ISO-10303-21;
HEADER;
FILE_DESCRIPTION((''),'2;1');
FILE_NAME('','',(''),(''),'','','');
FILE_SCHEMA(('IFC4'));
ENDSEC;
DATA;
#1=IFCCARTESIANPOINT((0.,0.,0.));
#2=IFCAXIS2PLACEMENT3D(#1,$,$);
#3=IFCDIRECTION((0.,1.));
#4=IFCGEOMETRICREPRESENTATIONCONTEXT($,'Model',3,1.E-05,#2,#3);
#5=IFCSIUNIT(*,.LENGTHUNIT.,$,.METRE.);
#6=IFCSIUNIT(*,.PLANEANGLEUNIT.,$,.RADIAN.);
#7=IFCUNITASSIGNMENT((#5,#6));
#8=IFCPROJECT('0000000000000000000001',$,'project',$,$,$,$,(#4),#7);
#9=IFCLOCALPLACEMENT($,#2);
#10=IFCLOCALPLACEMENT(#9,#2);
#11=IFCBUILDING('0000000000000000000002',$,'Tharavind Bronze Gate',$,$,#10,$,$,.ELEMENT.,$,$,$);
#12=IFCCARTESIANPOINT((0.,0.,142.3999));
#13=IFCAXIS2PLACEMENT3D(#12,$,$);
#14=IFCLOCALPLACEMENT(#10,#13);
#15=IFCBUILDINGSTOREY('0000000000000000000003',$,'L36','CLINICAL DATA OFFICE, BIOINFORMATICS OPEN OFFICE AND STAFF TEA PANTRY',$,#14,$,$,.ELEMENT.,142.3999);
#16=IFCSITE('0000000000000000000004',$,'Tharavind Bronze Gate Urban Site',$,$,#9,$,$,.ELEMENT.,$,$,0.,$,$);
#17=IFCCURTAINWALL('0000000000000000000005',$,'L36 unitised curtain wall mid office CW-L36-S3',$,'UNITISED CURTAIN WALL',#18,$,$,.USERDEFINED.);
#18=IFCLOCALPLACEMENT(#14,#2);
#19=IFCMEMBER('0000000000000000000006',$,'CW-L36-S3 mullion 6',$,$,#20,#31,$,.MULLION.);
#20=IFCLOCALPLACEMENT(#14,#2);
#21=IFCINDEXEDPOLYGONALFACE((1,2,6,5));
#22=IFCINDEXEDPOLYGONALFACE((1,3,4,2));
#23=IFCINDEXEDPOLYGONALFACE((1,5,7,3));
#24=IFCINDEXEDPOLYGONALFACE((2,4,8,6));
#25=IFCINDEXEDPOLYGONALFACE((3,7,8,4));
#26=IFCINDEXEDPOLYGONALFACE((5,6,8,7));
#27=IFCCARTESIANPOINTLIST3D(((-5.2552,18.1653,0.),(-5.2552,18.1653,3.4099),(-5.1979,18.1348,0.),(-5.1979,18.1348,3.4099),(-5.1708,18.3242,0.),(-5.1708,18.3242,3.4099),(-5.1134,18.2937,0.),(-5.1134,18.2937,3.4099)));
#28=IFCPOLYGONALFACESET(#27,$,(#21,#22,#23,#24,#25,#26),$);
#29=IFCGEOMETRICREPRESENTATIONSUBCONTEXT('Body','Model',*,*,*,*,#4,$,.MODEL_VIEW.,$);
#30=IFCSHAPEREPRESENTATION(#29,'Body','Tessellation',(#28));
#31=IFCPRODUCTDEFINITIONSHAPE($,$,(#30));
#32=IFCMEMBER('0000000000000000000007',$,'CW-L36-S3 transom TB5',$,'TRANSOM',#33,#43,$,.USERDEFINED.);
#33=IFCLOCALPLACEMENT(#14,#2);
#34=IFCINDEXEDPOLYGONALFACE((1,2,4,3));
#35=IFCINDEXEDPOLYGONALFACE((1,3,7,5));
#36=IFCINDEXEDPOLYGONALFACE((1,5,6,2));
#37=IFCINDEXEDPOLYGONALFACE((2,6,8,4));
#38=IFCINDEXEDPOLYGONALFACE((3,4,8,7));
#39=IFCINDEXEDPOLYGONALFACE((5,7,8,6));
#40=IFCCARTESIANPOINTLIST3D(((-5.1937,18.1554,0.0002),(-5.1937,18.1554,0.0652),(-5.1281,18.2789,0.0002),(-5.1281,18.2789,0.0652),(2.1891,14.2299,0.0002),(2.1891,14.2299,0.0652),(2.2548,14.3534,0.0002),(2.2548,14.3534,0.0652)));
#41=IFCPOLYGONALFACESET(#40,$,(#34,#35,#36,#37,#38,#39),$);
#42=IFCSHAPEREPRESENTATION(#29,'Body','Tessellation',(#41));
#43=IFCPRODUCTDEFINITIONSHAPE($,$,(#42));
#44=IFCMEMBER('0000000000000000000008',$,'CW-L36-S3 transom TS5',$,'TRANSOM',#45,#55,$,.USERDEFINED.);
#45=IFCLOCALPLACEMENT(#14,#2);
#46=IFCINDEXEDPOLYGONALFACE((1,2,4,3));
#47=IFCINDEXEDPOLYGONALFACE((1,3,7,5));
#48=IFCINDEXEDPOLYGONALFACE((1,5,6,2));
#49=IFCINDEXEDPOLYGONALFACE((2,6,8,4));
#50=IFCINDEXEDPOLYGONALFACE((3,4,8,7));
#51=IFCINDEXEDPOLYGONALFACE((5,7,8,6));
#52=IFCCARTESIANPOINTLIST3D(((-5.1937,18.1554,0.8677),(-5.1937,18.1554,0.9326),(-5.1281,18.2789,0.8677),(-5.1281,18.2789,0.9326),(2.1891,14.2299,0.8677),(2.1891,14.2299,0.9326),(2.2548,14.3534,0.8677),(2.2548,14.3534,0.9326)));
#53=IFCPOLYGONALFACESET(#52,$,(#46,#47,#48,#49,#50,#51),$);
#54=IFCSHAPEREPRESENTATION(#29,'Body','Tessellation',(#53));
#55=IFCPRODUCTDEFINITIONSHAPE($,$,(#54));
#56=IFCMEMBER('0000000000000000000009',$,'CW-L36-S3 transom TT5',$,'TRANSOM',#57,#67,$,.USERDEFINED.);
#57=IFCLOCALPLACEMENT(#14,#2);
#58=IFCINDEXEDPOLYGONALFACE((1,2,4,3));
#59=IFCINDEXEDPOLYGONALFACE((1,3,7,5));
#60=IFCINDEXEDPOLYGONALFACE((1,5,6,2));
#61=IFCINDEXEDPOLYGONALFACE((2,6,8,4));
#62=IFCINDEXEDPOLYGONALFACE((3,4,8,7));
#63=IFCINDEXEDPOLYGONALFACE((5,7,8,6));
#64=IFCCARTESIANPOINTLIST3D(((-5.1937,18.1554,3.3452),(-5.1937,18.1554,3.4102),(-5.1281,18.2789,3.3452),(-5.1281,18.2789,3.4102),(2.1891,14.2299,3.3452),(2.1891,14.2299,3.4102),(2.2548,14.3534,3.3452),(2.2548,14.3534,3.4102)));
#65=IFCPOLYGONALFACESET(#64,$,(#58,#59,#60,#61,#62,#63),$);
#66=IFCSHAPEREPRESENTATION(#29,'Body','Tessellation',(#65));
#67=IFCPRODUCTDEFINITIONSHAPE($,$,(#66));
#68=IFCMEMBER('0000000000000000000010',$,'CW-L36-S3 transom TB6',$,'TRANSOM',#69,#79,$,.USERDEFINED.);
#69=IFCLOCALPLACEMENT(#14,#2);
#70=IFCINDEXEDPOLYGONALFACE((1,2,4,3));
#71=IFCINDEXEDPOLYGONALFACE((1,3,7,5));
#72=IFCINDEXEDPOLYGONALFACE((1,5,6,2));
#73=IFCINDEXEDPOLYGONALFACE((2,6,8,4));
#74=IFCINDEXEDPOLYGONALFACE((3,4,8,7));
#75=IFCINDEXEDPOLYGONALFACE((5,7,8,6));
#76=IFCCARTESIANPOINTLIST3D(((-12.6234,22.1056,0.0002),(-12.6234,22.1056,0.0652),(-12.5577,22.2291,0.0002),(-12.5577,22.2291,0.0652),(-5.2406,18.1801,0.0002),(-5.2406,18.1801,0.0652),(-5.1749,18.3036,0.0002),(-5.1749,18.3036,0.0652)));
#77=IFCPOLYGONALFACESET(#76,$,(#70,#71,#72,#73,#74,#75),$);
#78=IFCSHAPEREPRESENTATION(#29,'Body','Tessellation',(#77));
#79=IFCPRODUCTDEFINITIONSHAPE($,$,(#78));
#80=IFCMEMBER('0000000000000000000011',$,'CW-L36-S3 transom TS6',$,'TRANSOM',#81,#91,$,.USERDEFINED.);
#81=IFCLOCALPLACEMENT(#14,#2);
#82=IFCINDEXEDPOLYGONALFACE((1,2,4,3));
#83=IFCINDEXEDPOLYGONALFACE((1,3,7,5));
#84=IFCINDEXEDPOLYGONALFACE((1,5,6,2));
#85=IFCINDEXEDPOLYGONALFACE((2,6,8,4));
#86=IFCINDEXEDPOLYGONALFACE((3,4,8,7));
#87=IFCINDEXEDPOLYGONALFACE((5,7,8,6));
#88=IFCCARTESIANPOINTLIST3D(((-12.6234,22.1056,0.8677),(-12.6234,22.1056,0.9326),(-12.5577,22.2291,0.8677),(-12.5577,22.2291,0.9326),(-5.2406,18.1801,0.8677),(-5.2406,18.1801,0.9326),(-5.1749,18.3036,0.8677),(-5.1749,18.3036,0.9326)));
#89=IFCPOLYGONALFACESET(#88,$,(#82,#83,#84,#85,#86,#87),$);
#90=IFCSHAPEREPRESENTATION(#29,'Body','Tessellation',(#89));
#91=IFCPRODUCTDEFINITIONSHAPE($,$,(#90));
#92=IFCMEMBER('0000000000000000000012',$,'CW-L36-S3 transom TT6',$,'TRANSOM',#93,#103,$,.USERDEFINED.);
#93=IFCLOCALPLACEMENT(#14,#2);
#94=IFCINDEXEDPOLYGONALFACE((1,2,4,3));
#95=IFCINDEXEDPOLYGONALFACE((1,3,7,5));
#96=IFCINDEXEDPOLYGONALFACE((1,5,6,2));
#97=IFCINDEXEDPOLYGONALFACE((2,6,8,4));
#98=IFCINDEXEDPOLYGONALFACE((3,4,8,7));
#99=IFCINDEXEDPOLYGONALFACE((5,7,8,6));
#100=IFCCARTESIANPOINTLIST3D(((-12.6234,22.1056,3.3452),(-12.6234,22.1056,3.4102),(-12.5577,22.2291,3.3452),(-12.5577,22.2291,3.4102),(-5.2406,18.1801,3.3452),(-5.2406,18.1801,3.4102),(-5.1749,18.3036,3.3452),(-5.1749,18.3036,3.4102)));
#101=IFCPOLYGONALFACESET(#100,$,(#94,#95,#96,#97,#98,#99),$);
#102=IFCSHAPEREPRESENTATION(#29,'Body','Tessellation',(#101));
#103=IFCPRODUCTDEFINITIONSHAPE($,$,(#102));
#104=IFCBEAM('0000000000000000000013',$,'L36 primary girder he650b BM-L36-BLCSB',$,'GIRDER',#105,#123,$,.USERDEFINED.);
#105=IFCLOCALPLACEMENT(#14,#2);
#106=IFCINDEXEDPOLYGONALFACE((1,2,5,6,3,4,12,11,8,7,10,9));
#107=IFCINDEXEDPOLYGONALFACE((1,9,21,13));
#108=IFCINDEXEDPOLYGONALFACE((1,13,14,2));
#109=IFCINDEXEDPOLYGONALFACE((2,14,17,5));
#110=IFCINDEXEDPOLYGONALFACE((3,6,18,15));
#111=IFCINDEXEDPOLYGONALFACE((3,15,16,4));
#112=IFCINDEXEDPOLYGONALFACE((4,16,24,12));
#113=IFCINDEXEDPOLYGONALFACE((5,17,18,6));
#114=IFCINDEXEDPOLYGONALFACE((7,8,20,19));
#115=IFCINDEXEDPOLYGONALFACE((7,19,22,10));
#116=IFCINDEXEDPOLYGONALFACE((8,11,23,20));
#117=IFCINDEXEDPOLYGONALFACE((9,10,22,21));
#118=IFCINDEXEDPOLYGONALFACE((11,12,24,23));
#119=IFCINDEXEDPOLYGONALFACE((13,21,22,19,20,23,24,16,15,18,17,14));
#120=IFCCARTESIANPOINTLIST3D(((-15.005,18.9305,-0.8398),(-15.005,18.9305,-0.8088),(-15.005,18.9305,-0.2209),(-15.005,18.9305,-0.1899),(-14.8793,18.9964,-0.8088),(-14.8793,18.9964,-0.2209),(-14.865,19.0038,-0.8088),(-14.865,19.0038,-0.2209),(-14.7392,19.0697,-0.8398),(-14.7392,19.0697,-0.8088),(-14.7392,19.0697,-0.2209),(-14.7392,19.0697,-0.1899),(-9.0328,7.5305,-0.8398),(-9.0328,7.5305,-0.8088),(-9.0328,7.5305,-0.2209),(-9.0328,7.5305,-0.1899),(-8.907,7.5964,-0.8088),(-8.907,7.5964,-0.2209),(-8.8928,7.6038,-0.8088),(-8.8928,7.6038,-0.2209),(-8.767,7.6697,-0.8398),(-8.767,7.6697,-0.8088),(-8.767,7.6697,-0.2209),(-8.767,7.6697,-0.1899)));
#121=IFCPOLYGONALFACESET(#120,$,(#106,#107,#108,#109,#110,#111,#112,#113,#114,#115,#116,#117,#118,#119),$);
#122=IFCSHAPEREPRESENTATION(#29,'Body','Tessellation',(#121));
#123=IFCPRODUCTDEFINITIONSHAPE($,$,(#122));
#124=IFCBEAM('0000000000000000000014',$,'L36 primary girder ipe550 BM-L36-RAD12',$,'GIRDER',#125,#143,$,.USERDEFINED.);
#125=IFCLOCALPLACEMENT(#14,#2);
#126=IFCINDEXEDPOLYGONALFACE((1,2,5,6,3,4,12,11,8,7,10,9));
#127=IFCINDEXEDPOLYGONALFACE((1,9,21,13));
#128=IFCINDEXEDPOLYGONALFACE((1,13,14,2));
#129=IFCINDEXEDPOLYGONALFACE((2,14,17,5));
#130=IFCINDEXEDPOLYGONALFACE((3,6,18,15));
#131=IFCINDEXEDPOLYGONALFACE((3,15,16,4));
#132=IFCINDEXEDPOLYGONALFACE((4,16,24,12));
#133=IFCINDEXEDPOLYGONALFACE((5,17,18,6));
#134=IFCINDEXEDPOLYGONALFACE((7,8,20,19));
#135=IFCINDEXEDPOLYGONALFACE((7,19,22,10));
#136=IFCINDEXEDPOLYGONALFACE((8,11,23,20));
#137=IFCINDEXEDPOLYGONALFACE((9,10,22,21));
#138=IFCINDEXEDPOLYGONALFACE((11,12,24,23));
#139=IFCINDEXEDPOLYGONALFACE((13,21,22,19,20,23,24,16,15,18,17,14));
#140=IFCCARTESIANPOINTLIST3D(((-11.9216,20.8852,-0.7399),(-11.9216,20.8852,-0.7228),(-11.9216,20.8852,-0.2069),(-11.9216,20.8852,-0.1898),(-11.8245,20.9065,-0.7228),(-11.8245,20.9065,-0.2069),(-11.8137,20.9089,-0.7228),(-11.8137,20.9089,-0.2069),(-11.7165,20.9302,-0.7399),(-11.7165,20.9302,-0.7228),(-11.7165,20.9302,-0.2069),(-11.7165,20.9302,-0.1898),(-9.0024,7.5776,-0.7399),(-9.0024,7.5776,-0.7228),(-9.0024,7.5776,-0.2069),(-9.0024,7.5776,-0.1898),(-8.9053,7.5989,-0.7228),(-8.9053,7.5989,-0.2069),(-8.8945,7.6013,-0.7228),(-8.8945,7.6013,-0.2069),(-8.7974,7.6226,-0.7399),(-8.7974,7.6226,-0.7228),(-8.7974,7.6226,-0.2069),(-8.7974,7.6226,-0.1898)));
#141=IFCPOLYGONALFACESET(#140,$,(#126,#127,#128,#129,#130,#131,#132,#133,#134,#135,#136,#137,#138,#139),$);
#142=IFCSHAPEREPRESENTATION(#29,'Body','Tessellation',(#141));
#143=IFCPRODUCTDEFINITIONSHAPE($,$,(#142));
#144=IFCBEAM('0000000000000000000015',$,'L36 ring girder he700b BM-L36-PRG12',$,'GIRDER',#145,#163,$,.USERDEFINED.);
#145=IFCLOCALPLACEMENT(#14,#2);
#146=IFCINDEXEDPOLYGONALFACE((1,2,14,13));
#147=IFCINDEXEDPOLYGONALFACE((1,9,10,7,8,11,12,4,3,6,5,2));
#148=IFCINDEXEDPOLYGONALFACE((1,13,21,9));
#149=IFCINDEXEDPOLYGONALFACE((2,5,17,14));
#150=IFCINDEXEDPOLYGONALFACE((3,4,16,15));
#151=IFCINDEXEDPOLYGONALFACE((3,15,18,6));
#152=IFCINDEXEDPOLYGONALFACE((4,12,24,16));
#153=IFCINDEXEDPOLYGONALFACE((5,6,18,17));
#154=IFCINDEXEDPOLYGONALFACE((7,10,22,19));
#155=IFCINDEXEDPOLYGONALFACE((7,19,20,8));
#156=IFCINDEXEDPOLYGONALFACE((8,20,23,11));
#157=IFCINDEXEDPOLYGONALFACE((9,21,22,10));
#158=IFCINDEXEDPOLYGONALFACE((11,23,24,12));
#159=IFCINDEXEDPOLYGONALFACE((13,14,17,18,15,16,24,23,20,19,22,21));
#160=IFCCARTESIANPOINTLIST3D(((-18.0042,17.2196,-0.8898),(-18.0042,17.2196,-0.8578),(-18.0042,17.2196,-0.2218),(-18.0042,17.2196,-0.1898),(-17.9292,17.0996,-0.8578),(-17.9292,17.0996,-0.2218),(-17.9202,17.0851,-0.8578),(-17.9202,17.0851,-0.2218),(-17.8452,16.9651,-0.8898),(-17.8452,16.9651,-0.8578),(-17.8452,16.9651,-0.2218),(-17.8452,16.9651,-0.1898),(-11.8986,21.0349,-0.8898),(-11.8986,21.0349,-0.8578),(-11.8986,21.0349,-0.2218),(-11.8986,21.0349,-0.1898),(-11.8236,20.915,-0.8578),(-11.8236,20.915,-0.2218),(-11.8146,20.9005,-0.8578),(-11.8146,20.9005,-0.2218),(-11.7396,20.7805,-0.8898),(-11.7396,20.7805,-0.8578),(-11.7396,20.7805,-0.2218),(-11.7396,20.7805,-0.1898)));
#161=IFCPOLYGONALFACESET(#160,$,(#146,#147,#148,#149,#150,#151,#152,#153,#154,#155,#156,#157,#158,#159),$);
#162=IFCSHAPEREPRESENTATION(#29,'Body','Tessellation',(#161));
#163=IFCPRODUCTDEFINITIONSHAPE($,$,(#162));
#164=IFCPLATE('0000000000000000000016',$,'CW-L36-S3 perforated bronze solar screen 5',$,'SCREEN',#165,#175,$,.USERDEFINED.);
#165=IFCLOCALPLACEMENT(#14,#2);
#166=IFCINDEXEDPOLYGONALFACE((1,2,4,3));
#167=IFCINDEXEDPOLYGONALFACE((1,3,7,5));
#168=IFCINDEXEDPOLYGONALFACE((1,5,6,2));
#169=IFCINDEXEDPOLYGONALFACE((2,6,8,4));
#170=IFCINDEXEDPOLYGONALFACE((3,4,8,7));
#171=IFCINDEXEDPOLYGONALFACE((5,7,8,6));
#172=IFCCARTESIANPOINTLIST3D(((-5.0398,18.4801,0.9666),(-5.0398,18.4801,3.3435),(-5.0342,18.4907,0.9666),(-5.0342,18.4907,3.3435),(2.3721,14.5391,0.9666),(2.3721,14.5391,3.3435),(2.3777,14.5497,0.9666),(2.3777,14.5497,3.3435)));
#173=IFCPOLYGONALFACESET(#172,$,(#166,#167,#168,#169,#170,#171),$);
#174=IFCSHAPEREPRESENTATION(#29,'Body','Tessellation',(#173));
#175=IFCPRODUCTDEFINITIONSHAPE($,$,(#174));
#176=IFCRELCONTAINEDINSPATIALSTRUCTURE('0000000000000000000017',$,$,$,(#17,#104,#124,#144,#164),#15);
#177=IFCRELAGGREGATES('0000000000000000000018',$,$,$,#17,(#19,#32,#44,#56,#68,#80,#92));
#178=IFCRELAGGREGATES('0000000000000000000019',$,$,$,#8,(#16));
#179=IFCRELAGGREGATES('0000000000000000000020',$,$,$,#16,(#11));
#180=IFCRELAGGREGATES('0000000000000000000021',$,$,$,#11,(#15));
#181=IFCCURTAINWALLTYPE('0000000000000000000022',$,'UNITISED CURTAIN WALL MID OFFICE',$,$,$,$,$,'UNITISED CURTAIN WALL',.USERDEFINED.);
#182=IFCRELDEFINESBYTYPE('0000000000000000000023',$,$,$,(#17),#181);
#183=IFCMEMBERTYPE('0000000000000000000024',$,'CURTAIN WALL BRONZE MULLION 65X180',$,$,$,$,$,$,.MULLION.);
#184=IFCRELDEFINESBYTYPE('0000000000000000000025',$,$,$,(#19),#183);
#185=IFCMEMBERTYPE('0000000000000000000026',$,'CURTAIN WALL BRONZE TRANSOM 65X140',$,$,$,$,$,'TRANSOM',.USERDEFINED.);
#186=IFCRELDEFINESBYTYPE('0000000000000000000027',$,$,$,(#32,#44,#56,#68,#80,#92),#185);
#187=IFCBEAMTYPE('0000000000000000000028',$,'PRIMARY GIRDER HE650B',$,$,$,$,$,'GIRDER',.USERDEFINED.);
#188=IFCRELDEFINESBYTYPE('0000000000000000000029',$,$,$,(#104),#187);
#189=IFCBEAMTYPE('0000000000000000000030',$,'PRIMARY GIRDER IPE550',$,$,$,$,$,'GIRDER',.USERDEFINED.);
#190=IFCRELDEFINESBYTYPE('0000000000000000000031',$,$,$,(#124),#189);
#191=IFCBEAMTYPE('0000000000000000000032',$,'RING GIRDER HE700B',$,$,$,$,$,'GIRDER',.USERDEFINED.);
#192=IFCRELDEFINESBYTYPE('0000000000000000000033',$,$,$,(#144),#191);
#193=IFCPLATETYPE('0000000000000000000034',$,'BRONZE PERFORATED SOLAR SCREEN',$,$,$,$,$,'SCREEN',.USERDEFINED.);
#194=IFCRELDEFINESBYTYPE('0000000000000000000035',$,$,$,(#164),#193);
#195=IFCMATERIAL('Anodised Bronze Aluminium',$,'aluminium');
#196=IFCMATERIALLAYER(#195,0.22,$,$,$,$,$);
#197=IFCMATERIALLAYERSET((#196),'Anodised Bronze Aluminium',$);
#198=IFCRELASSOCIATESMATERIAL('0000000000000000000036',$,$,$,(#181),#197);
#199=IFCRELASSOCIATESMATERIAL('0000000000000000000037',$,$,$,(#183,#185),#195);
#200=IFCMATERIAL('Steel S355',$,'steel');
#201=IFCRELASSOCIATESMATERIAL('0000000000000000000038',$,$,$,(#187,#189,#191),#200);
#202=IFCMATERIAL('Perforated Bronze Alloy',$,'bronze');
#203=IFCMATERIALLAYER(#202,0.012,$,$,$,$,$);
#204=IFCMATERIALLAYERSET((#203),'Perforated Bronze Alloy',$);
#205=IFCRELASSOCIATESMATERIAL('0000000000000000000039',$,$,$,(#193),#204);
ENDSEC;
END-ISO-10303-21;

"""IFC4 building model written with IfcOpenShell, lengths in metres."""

from ifc_helpers import new_model, si_unit, direction, frame, origin, origin_2d, place, context, subcontext, project, spatial, rectangle, i_section, extrude, material, layer, layer_set, material_profile, profile_set, type_object, element, aggregate, save


model = new_model("IFC4")

# Units and contexts
model_context = context("Model", 3, precision=1e-05, world=origin(), true_north=direction((0.0, 1.0)))
body_context = subcontext(model_context, "Body", "Model", "MODEL_VIEW")
ifc_project = project(units=[si_unit("LENGTHUNIT", "METRE"), si_unit("PLANEANGLEUNIT", "RADIAN")], contexts=[model_context])

# Site, building, storey
site_placement = place(None, origin())
site = spatial("IfcSite", under=ifc_project, at=site_placement, Name="Tharavind Bronze Gate Urban Site", CompositionType="ELEMENT", RefElevation=0.0)
building_placement = place(site_placement, origin())
building = spatial("IfcBuilding", under=site, at=building_placement, Name="Tharavind Bronze Gate", CompositionType="ELEMENT")
storey_placement = place(building_placement, frame((0.0, 0.0, 142.3999)))
storey = spatial("IfcBuildingStorey", under=building, at=storey_placement, Name="L36", Description="CLINICAL DATA OFFICE, BIOINFORMATICS OPEN OFFICE AND STAFF TEA PANTRY", CompositionType="ELEMENT", Elevation=142.3999)

# Curtain wall, members
ifc_material_1 = material(Name="Anodised Bronze Aluminium", Category="aluminium")
ifc_layer_1 = layer(ifc_material_1, 0.22)
ifc_layer_set_1 = layer_set([ifc_layer_1], Name="Anodised Bronze Aluminium")
curtain_wall_type = type_object("IfcCurtainWallType", Name="UNITISED CURTAIN WALL MID OFFICE", ElementType="UNITISED CURTAIN WALL", PredefinedType="USERDEFINED", material=ifc_layer_set_1)
curtain_wall_placement = place(storey_placement, origin())
curtain_wall = element("IfcCurtainWall", 1, at=curtain_wall_placement, inside=storey, type_object=curtain_wall_type, Name="L36 unitised curtain wall mid office CW-L36-S3", ObjectType="UNITISED CURTAIN WALL", PredefinedType="USERDEFINED")
member_type_1 = type_object("IfcMemberType", Name="CURTAIN WALL BRONZE MULLION 65X180", PredefinedType="MULLION", material=ifc_material_1)
member_1_placement = place(storey_placement, frame((-5.1843, 18.2295, 0.0), z_axis=(0.0, 0.0, 1.0), x_axis=(-0.882948, 0.469472, 0.0)))
member_1 = element("IfcMember", 2, at=member_1_placement, type_object=member_type_1, Name="CW-L36-S3 mullion 6", PredefinedType="MULLION", context=body_context, shape_type="SweptSolid", body=[
    extrude(rectangle(XDim=0.0649, YDim=0.1799, at=origin_2d()), origin(), (0.0, 0.0, 1.0), 3.4099),
])
member_type_2 = type_object("IfcMemberType", Name="CURTAIN WALL BRONZE TRANSOM 65X140", ElementType="TRANSOM", PredefinedType="USERDEFINED", material=ifc_material_1)
member_2_placement = place(storey_placement, frame((-1.4695, 16.2544, 0.0002), z_axis=(0.0, 0.0, 1.0), x_axis=(-0.882948, 0.469472, 0.0)))
member_2 = element("IfcMember", 3, at=member_2_placement, type_object=member_type_2, Name="CW-L36-S3 transom TB5", ObjectType="TRANSOM", PredefinedType="USERDEFINED", context=body_context, shape_type="SweptSolid", body=[
    extrude(rectangle(XDim=8.3616, YDim=0.1399, at=origin_2d()), origin(), (0.0, 0.0, 1.0), 0.0649),
])
member_3_placement = place(storey_placement, frame((-1.4695, 16.2544, 0.8677), z_axis=(0.0, 0.0, 1.0), x_axis=(-0.882948, 0.469472, 0.0)))
member_3 = element("IfcMember", 4, at=member_3_placement, type_object=member_type_2, Name="CW-L36-S3 transom TS5", ObjectType="TRANSOM", PredefinedType="USERDEFINED", context=body_context, shape_type="SweptSolid", body=[
    extrude(rectangle(XDim=8.3616, YDim=0.1399, at=origin_2d()), origin(), (0.0, 0.0, 1.0), 0.0649),
])
member_4_placement = place(storey_placement, frame((-1.4695, 16.2544, 3.3452), z_axis=(0.0, 0.0, 1.0), x_axis=(-0.882948, 0.469472, 0.0)))
member_4 = element("IfcMember", 5, at=member_4_placement, type_object=member_type_2, Name="CW-L36-S3 transom TT5", ObjectType="TRANSOM", PredefinedType="USERDEFINED", context=body_context, shape_type="SweptSolid", body=[
    extrude(rectangle(XDim=8.3616, YDim=0.1399, at=origin_2d()), origin(), (0.0, 0.0, 1.0), 0.0649),
])
member_5_placement = place(storey_placement, frame((-8.8992, 20.2046, 0.0002), z_axis=(0.0, 0.0, 1.0), x_axis=(-0.882948, 0.469472, 0.0)))
member_5 = element("IfcMember", 6, at=member_5_placement, type_object=member_type_2, Name="CW-L36-S3 transom TB6", ObjectType="TRANSOM", PredefinedType="USERDEFINED", context=body_context, shape_type="SweptSolid", body=[
    extrude(rectangle(XDim=8.3616, YDim=0.1399, at=origin_2d()), origin(), (0.0, 0.0, 1.0), 0.0649),
])
member_6_placement = place(storey_placement, frame((-8.8992, 20.2046, 0.8677), z_axis=(0.0, 0.0, 1.0), x_axis=(-0.882948, 0.469472, 0.0)))
member_6 = element("IfcMember", 7, at=member_6_placement, type_object=member_type_2, Name="CW-L36-S3 transom TS6", ObjectType="TRANSOM", PredefinedType="USERDEFINED", context=body_context, shape_type="SweptSolid", body=[
    extrude(rectangle(XDim=8.3616, YDim=0.1399, at=origin_2d()), origin(), (0.0, 0.0, 1.0), 0.0649),
])
member_7_placement = place(storey_placement, frame((-8.8992, 20.2046, 3.3452), z_axis=(0.0, 0.0, 1.0), x_axis=(-0.882948, 0.469472, 0.0)))
member_7 = element("IfcMember", 8, at=member_7_placement, type_object=member_type_2, Name="CW-L36-S3 transom TT6", ObjectType="TRANSOM", PredefinedType="USERDEFINED", context=body_context, shape_type="SweptSolid", body=[
    extrude(rectangle(XDim=8.3616, YDim=0.1399, at=origin_2d()), origin(), (0.0, 0.0, 1.0), 0.0649),
])

# Beams
ifc_material_2 = material(Name="Steel S355", Category="steel")
ifc_material_profile_1 = material_profile(ifc_material_2, i_section(OverallWidth=0.3, OverallDepth=0.6499, WebThickness=0.0161, FlangeThickness=0.031, at=origin_2d()), Name="HE650B")
ifc_profile_set_1 = profile_set([ifc_material_profile_1], Name="Steel S355")
beam_type_1 = type_object("IfcBeamType", Name="PRIMARY GIRDER HE650B", ElementType="GIRDER", PredefinedType="USERDEFINED", material=ifc_profile_set_1)
beam_1_placement = place(storey_placement, frame((-8.8999, 7.6001, -0.5149), z_axis=(-0.464055, 0.885806, 0.0), x_axis=(-0.885806, -0.464055, 0.0)))
element("IfcBeam", 9, at=beam_1_placement, inside=storey, type_object=beam_type_1, Name="L36 primary girder he650b BM-L36-BLCSB", ObjectType="GIRDER", PredefinedType="USERDEFINED", context=body_context, shape_type="SweptSolid", body=[
    extrude(i_section(OverallWidth=0.3, OverallDepth=0.6499, WebThickness=0.0161, FlangeThickness=0.031, at=origin_2d()), origin(), (0.0, 0.0, 1.0), 12.8696),
])
ifc_material_profile_2 = material_profile(ifc_material_2, i_section(OverallWidth=0.21, OverallDepth=0.55, WebThickness=0.011, FlangeThickness=0.0171, at=origin_2d()), Name="IPE550")
ifc_profile_set_2 = profile_set([ifc_material_profile_2], Name="Steel S355")
beam_type_2 = type_object("IfcBeamType", Name="PRIMARY GIRDER IPE550", ElementType="GIRDER", PredefinedType="USERDEFINED", material=ifc_profile_set_2)
beam_2_placement = place(storey_placement, frame((-11.8191, 20.9077, -0.4648), z_axis=(0.214268, -0.976775, 0.0), x_axis=(0.976775, 0.214268, 0.0)))
element("IfcBeam", 10, at=beam_2_placement, inside=storey, type_object=beam_type_2, Name="L36 primary girder ipe550 BM-L36-RAD12", ObjectType="GIRDER", PredefinedType="USERDEFINED", context=body_context, shape_type="SweptSolid", body=[
    extrude(i_section(OverallWidth=0.21, OverallDepth=0.55, WebThickness=0.011, FlangeThickness=0.0171, at=origin_2d()), origin(), (0.0, 0.0, 1.0), 13.624),
])
ifc_material_profile_3 = material_profile(ifc_material_2, i_section(OverallWidth=0.3, OverallDepth=0.7, WebThickness=0.0171, FlangeThickness=0.032, at=origin_2d()), Name="HE700B")
ifc_profile_set_3 = profile_set([ifc_material_profile_3], Name="Steel S355")
beam_type_3 = type_object("IfcBeamType", Name="RING GIRDER HE700B", ElementType="GIRDER", PredefinedType="USERDEFINED", material=ifc_profile_set_3)
beam_3_placement = place(storey_placement, frame((-11.8191, 20.9077, -0.5398), z_axis=(-0.848038, -0.529935, 0.0), x_axis=(0.529935, -0.848038, 0.0)))
element("IfcBeam", 11, at=beam_3_placement, inside=storey, type_object=beam_type_3, Name="L36 ring girder he700b BM-L36-PRG12", ObjectType="GIRDER", PredefinedType="USERDEFINED", context=body_context, shape_type="SweptSolid", body=[
    extrude(i_section(OverallWidth=0.3, OverallDepth=0.7, WebThickness=0.0171, FlangeThickness=0.032, at=origin_2d()), origin(), (0.0, 0.0, 1.0), 7.1997),
])

# Plate
ifc_material_3 = material(Name="Perforated Bronze Alloy", Category="bronze")
ifc_layer_2 = layer(ifc_material_3, 0.012)
ifc_layer_set_2 = layer_set([ifc_layer_2], Name="Perforated Bronze Alloy")
plate_type_1 = type_object("IfcPlateType", Name="BRONZE PERFORATED SOLAR SCREEN", ElementType="SCREEN", PredefinedType="USERDEFINED", material=ifc_layer_set_2)
plate_1_placement = place(storey_placement, frame((-1.3311, 16.5149, 0.9666), z_axis=(0.0, 0.0, 1.0), x_axis=(-0.882948, 0.469472, 0.0)))
element("IfcPlate", 12, at=plate_1_placement, inside=storey, type_object=plate_type_1, Name="CW-L36-S3 perforated bronze solar screen 5", ObjectType="SCREEN", PredefinedType="USERDEFINED", context=body_context, shape_type="SweptSolid", body=[
    extrude(rectangle(XDim=8.3945, YDim=0.012, at=origin_2d()), origin(), (0.0, 0.0, 1.0), 2.377),
])
aggregate(curtain_wall, [member_1, member_2, member_3, member_4, member_5, member_6, member_7])

save(model, "model.ifc")
